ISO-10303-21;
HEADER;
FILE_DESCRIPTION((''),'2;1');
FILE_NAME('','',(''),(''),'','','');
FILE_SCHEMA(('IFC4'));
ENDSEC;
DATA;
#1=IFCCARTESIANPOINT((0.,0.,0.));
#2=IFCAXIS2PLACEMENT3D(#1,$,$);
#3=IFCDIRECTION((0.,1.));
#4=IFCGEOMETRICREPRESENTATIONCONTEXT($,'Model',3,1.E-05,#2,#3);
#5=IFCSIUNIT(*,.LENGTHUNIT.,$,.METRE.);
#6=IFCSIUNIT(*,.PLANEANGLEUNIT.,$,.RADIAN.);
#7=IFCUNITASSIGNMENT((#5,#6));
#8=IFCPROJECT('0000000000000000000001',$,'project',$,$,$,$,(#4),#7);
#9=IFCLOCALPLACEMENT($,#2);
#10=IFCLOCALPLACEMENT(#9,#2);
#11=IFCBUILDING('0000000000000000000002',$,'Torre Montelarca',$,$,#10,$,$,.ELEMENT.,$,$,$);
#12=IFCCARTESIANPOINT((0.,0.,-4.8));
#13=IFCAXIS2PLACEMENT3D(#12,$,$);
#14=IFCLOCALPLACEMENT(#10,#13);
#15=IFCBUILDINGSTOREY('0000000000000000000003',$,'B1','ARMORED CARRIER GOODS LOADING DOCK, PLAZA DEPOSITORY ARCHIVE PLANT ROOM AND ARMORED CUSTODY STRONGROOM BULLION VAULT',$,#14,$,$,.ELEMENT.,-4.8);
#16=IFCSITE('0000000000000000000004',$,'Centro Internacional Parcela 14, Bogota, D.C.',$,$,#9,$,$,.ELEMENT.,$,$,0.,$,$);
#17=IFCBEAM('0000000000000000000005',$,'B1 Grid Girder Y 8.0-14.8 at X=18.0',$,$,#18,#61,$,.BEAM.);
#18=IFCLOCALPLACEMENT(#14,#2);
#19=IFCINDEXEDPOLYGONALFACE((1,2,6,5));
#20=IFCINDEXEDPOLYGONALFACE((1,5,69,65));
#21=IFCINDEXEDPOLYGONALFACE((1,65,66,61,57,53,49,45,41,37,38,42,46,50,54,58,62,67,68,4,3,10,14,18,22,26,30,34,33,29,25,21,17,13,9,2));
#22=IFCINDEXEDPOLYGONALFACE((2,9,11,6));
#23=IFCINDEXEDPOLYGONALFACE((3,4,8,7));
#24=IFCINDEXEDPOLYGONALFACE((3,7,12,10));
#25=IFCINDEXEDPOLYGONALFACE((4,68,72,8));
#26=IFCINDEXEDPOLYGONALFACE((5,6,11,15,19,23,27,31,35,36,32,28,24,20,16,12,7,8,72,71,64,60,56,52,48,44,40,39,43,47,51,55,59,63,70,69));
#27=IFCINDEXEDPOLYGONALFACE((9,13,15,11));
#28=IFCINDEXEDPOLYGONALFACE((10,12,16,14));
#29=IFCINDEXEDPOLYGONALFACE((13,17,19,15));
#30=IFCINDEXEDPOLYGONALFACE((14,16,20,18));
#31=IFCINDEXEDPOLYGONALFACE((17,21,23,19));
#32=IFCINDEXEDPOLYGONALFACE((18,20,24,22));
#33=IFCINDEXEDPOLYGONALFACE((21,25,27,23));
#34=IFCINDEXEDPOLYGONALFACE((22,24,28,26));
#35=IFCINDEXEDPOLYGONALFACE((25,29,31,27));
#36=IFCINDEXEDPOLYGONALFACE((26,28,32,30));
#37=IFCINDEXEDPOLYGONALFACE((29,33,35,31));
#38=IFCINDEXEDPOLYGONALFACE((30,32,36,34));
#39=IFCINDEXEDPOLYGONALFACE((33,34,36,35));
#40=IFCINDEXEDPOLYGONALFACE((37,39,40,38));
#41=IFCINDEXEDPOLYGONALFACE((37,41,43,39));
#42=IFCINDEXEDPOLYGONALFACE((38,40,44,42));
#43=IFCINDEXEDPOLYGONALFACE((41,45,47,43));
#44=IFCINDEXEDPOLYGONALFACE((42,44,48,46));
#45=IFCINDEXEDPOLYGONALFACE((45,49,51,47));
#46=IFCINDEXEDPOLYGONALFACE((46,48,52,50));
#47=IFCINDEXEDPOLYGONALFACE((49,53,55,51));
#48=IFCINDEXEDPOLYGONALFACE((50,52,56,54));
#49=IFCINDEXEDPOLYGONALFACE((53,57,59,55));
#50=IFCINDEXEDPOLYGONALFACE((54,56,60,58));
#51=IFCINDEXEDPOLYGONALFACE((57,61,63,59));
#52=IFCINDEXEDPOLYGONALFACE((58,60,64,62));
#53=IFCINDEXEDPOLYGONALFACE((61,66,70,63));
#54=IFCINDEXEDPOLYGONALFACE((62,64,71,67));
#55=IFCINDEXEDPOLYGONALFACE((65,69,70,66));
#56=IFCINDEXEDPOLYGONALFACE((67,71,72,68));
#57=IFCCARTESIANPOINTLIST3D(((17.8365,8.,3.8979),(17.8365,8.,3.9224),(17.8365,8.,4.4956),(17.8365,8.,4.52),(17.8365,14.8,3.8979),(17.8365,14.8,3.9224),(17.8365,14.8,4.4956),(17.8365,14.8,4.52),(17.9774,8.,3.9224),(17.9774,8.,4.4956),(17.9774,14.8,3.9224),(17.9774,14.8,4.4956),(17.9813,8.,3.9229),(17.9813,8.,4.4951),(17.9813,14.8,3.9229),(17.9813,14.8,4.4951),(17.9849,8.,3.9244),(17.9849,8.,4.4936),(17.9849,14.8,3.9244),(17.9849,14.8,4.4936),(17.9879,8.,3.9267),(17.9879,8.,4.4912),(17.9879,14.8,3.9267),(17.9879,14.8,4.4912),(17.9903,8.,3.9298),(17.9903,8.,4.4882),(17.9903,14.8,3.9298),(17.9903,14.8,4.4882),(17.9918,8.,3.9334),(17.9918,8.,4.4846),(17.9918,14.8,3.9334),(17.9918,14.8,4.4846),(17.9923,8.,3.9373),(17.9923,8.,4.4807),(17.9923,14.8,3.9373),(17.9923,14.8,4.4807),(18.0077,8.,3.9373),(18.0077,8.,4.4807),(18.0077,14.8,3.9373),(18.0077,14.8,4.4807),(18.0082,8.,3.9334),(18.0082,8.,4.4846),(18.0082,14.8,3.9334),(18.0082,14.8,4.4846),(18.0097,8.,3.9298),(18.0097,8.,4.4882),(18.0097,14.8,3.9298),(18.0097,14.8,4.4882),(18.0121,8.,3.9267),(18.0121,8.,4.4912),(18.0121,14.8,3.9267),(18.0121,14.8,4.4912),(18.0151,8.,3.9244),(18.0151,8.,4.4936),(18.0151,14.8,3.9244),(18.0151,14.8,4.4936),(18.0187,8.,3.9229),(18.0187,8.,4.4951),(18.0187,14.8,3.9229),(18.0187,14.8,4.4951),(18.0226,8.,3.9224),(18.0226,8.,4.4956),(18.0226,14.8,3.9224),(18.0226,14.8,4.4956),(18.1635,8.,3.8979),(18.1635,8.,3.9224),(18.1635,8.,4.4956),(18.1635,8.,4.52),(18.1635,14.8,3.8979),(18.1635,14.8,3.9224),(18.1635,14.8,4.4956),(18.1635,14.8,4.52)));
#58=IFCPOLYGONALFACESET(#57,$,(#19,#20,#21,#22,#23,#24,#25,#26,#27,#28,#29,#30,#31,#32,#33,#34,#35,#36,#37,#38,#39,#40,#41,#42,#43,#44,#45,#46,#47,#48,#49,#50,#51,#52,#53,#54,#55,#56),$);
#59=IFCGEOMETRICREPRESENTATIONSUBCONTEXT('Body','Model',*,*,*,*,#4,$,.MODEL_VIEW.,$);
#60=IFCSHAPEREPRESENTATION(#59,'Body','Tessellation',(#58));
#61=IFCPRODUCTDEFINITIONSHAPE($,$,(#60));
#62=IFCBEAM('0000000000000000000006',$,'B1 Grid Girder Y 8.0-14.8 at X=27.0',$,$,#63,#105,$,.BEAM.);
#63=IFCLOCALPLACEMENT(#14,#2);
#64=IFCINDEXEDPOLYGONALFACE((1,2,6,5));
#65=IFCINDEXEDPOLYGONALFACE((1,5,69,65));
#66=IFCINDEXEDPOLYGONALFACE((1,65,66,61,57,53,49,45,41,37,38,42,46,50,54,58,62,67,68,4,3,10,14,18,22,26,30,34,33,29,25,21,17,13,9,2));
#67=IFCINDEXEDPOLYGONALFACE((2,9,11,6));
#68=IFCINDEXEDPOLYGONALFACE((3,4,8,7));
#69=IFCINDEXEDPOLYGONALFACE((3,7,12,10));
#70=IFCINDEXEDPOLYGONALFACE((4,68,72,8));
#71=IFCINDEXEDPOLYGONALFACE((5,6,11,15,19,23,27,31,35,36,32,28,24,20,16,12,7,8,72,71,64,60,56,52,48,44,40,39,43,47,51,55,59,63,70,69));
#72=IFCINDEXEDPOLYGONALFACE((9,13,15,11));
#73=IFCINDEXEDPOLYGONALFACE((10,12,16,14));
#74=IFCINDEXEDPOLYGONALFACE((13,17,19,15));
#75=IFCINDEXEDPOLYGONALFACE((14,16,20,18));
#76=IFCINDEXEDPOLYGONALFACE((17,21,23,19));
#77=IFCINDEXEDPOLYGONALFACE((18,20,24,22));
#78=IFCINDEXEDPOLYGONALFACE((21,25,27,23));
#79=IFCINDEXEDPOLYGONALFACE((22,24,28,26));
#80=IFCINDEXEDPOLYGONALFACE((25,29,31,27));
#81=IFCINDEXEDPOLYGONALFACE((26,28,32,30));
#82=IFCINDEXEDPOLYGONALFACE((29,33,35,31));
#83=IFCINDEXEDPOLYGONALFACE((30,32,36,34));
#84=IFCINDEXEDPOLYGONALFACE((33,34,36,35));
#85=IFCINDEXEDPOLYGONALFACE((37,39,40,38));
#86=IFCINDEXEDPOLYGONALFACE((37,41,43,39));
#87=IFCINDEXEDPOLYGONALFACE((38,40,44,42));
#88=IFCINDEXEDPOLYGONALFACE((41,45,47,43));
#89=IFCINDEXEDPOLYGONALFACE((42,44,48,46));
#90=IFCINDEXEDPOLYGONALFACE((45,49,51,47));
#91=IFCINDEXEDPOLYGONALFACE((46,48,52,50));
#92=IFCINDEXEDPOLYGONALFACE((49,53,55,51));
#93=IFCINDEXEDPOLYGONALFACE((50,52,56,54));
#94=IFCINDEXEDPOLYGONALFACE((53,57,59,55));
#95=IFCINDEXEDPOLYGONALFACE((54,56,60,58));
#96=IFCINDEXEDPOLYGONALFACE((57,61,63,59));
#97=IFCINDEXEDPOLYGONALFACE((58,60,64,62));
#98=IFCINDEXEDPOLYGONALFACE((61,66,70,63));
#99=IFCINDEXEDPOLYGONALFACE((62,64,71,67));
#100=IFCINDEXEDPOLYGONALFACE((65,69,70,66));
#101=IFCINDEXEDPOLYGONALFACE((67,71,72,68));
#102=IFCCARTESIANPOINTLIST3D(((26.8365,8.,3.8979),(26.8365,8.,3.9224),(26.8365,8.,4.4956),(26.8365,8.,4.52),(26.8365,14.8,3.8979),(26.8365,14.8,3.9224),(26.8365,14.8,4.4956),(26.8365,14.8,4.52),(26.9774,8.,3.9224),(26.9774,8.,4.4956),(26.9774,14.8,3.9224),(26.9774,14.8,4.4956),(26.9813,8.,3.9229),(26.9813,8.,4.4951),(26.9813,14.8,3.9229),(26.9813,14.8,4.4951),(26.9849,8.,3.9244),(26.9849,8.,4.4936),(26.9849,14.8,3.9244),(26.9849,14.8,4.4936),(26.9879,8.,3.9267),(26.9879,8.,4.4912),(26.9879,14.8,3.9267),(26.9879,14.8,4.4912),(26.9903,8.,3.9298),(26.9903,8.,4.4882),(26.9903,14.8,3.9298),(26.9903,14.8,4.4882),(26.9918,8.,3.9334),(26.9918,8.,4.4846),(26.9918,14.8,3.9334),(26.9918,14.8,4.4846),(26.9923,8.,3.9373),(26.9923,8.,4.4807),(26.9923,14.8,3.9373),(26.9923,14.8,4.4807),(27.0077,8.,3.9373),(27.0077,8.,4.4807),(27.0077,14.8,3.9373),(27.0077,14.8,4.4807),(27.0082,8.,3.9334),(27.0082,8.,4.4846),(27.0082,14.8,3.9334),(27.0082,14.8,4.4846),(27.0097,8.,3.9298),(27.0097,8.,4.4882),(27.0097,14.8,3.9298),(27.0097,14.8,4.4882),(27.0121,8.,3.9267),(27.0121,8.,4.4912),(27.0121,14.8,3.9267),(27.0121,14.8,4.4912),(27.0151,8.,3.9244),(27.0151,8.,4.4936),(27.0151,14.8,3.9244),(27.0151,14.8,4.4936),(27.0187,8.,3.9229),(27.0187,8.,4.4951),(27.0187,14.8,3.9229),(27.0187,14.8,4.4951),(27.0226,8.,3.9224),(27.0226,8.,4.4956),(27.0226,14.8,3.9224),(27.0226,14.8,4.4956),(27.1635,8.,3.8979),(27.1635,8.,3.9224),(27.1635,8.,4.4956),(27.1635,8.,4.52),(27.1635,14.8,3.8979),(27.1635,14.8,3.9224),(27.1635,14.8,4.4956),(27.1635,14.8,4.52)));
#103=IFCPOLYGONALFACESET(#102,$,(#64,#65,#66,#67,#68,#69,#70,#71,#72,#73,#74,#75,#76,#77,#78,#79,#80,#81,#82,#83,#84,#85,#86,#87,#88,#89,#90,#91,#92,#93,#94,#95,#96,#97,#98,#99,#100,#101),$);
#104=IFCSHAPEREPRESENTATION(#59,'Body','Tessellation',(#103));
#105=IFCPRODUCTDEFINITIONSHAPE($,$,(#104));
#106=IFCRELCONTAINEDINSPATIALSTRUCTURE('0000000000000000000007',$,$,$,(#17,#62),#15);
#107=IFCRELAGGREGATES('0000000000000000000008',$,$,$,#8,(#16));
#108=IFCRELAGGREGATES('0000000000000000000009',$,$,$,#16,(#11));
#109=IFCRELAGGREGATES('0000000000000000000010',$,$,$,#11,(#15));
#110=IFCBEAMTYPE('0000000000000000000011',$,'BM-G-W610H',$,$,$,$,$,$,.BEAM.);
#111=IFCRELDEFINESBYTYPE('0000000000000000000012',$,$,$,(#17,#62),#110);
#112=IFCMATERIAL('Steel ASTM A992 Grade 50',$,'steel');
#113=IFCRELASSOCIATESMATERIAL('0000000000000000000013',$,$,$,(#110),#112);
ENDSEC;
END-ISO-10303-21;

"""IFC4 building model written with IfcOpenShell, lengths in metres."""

from ifc_helpers import new_model, si_unit, direction, frame, origin, origin_2d, place, context, subcontext, project, spatial, i_section, extrude, source, transform, mapped, material, material_profile, profile_set, type_object, element, save


model = new_model("IFC4")

# Units and contexts
model_context = context("Model", 3, precision=1e-05, world=origin(), true_north=direction((0.0, 1.0)))
body_context = subcontext(model_context, "Body", "Model", "MODEL_VIEW")
ifc_project = project(units=[si_unit("LENGTHUNIT", "METRE"), si_unit("PLANEANGLEUNIT", "RADIAN")], contexts=[model_context])

# Site, building, storey
site_placement = place(None, origin())
site = spatial("IfcSite", under=ifc_project, at=site_placement, Name="Centro Internacional Parcela 14, Bogota, D.C.", CompositionType="ELEMENT", RefElevation=0.0)
building_placement = place(site_placement, origin())
building = spatial("IfcBuilding", under=site, at=building_placement, Name="Torre Montelarca", CompositionType="ELEMENT")
storey_placement = place(building_placement, frame((0.0, 0.0, -4.8)))
storey = spatial("IfcBuildingStorey", under=building, at=storey_placement, Name="B1", Description="ARMORED CARRIER GOODS LOADING DOCK, PLAZA DEPOSITORY ARCHIVE PLANT ROOM AND ARMORED CUSTODY STRONGROOM BULLION VAULT", CompositionType="ELEMENT", Elevation=-4.8)

# Beams
ifc_material_1 = material(Name="Steel ASTM A992 Grade 50", Category="steel")
ifc_material_profile_1 = material_profile(ifc_material_1, i_section(OverallWidth=0.3269, OverallDepth=0.6221, WebThickness=0.0154, FlangeThickness=0.0244, FilletRadius=0.0149, at=origin_2d()), Name="W610X195", Category="steel")
ifc_profile_set_1 = profile_set([ifc_material_profile_1], Name="Steel ASTM A992 Grade 50")
beam_type_1 = type_object("IfcBeamType", Name="BM-G-W610H", PredefinedType="BEAM", material=ifc_profile_set_1)
shared_shape_1 = source(origin(), body_context, "Body", "SweptSolid", [
    extrude(i_section(OverallWidth=0.3269, OverallDepth=0.6221, WebThickness=0.0154, FlangeThickness=0.0244, FilletRadius=0.0149, at=origin_2d()), origin(), (0.0, 0.0, 1.0), 6.8),
])
for number, where, z_axis, x_axis, name in (
    (1, (18.0, 8.0, 4.209), (0.0, 1.0, 0.0), (-1.0, 0.0, 0.0), "B1 Grid Girder Y 8.0-14.8 at X=18.0"),
    (2, (27.0, 8.0, 4.209), (0.0, 1.0, 0.0), (-1.0, 0.0, 0.0), "B1 Grid Girder Y 8.0-14.8 at X=27.0"),
):
    element("IfcBeam", number, at=place(storey_placement, frame(where, z_axis=z_axis, x_axis=x_axis)), inside=storey, type_object=beam_type_1, Name=name, PredefinedType="BEAM", context=body_context, shape_type="MappedRepresentation", body=[
        mapped(shared_shape_1, transform((0.0, 0.0, 0.0), scale=1.0)),
    ])

save(model, "model.ifc")
